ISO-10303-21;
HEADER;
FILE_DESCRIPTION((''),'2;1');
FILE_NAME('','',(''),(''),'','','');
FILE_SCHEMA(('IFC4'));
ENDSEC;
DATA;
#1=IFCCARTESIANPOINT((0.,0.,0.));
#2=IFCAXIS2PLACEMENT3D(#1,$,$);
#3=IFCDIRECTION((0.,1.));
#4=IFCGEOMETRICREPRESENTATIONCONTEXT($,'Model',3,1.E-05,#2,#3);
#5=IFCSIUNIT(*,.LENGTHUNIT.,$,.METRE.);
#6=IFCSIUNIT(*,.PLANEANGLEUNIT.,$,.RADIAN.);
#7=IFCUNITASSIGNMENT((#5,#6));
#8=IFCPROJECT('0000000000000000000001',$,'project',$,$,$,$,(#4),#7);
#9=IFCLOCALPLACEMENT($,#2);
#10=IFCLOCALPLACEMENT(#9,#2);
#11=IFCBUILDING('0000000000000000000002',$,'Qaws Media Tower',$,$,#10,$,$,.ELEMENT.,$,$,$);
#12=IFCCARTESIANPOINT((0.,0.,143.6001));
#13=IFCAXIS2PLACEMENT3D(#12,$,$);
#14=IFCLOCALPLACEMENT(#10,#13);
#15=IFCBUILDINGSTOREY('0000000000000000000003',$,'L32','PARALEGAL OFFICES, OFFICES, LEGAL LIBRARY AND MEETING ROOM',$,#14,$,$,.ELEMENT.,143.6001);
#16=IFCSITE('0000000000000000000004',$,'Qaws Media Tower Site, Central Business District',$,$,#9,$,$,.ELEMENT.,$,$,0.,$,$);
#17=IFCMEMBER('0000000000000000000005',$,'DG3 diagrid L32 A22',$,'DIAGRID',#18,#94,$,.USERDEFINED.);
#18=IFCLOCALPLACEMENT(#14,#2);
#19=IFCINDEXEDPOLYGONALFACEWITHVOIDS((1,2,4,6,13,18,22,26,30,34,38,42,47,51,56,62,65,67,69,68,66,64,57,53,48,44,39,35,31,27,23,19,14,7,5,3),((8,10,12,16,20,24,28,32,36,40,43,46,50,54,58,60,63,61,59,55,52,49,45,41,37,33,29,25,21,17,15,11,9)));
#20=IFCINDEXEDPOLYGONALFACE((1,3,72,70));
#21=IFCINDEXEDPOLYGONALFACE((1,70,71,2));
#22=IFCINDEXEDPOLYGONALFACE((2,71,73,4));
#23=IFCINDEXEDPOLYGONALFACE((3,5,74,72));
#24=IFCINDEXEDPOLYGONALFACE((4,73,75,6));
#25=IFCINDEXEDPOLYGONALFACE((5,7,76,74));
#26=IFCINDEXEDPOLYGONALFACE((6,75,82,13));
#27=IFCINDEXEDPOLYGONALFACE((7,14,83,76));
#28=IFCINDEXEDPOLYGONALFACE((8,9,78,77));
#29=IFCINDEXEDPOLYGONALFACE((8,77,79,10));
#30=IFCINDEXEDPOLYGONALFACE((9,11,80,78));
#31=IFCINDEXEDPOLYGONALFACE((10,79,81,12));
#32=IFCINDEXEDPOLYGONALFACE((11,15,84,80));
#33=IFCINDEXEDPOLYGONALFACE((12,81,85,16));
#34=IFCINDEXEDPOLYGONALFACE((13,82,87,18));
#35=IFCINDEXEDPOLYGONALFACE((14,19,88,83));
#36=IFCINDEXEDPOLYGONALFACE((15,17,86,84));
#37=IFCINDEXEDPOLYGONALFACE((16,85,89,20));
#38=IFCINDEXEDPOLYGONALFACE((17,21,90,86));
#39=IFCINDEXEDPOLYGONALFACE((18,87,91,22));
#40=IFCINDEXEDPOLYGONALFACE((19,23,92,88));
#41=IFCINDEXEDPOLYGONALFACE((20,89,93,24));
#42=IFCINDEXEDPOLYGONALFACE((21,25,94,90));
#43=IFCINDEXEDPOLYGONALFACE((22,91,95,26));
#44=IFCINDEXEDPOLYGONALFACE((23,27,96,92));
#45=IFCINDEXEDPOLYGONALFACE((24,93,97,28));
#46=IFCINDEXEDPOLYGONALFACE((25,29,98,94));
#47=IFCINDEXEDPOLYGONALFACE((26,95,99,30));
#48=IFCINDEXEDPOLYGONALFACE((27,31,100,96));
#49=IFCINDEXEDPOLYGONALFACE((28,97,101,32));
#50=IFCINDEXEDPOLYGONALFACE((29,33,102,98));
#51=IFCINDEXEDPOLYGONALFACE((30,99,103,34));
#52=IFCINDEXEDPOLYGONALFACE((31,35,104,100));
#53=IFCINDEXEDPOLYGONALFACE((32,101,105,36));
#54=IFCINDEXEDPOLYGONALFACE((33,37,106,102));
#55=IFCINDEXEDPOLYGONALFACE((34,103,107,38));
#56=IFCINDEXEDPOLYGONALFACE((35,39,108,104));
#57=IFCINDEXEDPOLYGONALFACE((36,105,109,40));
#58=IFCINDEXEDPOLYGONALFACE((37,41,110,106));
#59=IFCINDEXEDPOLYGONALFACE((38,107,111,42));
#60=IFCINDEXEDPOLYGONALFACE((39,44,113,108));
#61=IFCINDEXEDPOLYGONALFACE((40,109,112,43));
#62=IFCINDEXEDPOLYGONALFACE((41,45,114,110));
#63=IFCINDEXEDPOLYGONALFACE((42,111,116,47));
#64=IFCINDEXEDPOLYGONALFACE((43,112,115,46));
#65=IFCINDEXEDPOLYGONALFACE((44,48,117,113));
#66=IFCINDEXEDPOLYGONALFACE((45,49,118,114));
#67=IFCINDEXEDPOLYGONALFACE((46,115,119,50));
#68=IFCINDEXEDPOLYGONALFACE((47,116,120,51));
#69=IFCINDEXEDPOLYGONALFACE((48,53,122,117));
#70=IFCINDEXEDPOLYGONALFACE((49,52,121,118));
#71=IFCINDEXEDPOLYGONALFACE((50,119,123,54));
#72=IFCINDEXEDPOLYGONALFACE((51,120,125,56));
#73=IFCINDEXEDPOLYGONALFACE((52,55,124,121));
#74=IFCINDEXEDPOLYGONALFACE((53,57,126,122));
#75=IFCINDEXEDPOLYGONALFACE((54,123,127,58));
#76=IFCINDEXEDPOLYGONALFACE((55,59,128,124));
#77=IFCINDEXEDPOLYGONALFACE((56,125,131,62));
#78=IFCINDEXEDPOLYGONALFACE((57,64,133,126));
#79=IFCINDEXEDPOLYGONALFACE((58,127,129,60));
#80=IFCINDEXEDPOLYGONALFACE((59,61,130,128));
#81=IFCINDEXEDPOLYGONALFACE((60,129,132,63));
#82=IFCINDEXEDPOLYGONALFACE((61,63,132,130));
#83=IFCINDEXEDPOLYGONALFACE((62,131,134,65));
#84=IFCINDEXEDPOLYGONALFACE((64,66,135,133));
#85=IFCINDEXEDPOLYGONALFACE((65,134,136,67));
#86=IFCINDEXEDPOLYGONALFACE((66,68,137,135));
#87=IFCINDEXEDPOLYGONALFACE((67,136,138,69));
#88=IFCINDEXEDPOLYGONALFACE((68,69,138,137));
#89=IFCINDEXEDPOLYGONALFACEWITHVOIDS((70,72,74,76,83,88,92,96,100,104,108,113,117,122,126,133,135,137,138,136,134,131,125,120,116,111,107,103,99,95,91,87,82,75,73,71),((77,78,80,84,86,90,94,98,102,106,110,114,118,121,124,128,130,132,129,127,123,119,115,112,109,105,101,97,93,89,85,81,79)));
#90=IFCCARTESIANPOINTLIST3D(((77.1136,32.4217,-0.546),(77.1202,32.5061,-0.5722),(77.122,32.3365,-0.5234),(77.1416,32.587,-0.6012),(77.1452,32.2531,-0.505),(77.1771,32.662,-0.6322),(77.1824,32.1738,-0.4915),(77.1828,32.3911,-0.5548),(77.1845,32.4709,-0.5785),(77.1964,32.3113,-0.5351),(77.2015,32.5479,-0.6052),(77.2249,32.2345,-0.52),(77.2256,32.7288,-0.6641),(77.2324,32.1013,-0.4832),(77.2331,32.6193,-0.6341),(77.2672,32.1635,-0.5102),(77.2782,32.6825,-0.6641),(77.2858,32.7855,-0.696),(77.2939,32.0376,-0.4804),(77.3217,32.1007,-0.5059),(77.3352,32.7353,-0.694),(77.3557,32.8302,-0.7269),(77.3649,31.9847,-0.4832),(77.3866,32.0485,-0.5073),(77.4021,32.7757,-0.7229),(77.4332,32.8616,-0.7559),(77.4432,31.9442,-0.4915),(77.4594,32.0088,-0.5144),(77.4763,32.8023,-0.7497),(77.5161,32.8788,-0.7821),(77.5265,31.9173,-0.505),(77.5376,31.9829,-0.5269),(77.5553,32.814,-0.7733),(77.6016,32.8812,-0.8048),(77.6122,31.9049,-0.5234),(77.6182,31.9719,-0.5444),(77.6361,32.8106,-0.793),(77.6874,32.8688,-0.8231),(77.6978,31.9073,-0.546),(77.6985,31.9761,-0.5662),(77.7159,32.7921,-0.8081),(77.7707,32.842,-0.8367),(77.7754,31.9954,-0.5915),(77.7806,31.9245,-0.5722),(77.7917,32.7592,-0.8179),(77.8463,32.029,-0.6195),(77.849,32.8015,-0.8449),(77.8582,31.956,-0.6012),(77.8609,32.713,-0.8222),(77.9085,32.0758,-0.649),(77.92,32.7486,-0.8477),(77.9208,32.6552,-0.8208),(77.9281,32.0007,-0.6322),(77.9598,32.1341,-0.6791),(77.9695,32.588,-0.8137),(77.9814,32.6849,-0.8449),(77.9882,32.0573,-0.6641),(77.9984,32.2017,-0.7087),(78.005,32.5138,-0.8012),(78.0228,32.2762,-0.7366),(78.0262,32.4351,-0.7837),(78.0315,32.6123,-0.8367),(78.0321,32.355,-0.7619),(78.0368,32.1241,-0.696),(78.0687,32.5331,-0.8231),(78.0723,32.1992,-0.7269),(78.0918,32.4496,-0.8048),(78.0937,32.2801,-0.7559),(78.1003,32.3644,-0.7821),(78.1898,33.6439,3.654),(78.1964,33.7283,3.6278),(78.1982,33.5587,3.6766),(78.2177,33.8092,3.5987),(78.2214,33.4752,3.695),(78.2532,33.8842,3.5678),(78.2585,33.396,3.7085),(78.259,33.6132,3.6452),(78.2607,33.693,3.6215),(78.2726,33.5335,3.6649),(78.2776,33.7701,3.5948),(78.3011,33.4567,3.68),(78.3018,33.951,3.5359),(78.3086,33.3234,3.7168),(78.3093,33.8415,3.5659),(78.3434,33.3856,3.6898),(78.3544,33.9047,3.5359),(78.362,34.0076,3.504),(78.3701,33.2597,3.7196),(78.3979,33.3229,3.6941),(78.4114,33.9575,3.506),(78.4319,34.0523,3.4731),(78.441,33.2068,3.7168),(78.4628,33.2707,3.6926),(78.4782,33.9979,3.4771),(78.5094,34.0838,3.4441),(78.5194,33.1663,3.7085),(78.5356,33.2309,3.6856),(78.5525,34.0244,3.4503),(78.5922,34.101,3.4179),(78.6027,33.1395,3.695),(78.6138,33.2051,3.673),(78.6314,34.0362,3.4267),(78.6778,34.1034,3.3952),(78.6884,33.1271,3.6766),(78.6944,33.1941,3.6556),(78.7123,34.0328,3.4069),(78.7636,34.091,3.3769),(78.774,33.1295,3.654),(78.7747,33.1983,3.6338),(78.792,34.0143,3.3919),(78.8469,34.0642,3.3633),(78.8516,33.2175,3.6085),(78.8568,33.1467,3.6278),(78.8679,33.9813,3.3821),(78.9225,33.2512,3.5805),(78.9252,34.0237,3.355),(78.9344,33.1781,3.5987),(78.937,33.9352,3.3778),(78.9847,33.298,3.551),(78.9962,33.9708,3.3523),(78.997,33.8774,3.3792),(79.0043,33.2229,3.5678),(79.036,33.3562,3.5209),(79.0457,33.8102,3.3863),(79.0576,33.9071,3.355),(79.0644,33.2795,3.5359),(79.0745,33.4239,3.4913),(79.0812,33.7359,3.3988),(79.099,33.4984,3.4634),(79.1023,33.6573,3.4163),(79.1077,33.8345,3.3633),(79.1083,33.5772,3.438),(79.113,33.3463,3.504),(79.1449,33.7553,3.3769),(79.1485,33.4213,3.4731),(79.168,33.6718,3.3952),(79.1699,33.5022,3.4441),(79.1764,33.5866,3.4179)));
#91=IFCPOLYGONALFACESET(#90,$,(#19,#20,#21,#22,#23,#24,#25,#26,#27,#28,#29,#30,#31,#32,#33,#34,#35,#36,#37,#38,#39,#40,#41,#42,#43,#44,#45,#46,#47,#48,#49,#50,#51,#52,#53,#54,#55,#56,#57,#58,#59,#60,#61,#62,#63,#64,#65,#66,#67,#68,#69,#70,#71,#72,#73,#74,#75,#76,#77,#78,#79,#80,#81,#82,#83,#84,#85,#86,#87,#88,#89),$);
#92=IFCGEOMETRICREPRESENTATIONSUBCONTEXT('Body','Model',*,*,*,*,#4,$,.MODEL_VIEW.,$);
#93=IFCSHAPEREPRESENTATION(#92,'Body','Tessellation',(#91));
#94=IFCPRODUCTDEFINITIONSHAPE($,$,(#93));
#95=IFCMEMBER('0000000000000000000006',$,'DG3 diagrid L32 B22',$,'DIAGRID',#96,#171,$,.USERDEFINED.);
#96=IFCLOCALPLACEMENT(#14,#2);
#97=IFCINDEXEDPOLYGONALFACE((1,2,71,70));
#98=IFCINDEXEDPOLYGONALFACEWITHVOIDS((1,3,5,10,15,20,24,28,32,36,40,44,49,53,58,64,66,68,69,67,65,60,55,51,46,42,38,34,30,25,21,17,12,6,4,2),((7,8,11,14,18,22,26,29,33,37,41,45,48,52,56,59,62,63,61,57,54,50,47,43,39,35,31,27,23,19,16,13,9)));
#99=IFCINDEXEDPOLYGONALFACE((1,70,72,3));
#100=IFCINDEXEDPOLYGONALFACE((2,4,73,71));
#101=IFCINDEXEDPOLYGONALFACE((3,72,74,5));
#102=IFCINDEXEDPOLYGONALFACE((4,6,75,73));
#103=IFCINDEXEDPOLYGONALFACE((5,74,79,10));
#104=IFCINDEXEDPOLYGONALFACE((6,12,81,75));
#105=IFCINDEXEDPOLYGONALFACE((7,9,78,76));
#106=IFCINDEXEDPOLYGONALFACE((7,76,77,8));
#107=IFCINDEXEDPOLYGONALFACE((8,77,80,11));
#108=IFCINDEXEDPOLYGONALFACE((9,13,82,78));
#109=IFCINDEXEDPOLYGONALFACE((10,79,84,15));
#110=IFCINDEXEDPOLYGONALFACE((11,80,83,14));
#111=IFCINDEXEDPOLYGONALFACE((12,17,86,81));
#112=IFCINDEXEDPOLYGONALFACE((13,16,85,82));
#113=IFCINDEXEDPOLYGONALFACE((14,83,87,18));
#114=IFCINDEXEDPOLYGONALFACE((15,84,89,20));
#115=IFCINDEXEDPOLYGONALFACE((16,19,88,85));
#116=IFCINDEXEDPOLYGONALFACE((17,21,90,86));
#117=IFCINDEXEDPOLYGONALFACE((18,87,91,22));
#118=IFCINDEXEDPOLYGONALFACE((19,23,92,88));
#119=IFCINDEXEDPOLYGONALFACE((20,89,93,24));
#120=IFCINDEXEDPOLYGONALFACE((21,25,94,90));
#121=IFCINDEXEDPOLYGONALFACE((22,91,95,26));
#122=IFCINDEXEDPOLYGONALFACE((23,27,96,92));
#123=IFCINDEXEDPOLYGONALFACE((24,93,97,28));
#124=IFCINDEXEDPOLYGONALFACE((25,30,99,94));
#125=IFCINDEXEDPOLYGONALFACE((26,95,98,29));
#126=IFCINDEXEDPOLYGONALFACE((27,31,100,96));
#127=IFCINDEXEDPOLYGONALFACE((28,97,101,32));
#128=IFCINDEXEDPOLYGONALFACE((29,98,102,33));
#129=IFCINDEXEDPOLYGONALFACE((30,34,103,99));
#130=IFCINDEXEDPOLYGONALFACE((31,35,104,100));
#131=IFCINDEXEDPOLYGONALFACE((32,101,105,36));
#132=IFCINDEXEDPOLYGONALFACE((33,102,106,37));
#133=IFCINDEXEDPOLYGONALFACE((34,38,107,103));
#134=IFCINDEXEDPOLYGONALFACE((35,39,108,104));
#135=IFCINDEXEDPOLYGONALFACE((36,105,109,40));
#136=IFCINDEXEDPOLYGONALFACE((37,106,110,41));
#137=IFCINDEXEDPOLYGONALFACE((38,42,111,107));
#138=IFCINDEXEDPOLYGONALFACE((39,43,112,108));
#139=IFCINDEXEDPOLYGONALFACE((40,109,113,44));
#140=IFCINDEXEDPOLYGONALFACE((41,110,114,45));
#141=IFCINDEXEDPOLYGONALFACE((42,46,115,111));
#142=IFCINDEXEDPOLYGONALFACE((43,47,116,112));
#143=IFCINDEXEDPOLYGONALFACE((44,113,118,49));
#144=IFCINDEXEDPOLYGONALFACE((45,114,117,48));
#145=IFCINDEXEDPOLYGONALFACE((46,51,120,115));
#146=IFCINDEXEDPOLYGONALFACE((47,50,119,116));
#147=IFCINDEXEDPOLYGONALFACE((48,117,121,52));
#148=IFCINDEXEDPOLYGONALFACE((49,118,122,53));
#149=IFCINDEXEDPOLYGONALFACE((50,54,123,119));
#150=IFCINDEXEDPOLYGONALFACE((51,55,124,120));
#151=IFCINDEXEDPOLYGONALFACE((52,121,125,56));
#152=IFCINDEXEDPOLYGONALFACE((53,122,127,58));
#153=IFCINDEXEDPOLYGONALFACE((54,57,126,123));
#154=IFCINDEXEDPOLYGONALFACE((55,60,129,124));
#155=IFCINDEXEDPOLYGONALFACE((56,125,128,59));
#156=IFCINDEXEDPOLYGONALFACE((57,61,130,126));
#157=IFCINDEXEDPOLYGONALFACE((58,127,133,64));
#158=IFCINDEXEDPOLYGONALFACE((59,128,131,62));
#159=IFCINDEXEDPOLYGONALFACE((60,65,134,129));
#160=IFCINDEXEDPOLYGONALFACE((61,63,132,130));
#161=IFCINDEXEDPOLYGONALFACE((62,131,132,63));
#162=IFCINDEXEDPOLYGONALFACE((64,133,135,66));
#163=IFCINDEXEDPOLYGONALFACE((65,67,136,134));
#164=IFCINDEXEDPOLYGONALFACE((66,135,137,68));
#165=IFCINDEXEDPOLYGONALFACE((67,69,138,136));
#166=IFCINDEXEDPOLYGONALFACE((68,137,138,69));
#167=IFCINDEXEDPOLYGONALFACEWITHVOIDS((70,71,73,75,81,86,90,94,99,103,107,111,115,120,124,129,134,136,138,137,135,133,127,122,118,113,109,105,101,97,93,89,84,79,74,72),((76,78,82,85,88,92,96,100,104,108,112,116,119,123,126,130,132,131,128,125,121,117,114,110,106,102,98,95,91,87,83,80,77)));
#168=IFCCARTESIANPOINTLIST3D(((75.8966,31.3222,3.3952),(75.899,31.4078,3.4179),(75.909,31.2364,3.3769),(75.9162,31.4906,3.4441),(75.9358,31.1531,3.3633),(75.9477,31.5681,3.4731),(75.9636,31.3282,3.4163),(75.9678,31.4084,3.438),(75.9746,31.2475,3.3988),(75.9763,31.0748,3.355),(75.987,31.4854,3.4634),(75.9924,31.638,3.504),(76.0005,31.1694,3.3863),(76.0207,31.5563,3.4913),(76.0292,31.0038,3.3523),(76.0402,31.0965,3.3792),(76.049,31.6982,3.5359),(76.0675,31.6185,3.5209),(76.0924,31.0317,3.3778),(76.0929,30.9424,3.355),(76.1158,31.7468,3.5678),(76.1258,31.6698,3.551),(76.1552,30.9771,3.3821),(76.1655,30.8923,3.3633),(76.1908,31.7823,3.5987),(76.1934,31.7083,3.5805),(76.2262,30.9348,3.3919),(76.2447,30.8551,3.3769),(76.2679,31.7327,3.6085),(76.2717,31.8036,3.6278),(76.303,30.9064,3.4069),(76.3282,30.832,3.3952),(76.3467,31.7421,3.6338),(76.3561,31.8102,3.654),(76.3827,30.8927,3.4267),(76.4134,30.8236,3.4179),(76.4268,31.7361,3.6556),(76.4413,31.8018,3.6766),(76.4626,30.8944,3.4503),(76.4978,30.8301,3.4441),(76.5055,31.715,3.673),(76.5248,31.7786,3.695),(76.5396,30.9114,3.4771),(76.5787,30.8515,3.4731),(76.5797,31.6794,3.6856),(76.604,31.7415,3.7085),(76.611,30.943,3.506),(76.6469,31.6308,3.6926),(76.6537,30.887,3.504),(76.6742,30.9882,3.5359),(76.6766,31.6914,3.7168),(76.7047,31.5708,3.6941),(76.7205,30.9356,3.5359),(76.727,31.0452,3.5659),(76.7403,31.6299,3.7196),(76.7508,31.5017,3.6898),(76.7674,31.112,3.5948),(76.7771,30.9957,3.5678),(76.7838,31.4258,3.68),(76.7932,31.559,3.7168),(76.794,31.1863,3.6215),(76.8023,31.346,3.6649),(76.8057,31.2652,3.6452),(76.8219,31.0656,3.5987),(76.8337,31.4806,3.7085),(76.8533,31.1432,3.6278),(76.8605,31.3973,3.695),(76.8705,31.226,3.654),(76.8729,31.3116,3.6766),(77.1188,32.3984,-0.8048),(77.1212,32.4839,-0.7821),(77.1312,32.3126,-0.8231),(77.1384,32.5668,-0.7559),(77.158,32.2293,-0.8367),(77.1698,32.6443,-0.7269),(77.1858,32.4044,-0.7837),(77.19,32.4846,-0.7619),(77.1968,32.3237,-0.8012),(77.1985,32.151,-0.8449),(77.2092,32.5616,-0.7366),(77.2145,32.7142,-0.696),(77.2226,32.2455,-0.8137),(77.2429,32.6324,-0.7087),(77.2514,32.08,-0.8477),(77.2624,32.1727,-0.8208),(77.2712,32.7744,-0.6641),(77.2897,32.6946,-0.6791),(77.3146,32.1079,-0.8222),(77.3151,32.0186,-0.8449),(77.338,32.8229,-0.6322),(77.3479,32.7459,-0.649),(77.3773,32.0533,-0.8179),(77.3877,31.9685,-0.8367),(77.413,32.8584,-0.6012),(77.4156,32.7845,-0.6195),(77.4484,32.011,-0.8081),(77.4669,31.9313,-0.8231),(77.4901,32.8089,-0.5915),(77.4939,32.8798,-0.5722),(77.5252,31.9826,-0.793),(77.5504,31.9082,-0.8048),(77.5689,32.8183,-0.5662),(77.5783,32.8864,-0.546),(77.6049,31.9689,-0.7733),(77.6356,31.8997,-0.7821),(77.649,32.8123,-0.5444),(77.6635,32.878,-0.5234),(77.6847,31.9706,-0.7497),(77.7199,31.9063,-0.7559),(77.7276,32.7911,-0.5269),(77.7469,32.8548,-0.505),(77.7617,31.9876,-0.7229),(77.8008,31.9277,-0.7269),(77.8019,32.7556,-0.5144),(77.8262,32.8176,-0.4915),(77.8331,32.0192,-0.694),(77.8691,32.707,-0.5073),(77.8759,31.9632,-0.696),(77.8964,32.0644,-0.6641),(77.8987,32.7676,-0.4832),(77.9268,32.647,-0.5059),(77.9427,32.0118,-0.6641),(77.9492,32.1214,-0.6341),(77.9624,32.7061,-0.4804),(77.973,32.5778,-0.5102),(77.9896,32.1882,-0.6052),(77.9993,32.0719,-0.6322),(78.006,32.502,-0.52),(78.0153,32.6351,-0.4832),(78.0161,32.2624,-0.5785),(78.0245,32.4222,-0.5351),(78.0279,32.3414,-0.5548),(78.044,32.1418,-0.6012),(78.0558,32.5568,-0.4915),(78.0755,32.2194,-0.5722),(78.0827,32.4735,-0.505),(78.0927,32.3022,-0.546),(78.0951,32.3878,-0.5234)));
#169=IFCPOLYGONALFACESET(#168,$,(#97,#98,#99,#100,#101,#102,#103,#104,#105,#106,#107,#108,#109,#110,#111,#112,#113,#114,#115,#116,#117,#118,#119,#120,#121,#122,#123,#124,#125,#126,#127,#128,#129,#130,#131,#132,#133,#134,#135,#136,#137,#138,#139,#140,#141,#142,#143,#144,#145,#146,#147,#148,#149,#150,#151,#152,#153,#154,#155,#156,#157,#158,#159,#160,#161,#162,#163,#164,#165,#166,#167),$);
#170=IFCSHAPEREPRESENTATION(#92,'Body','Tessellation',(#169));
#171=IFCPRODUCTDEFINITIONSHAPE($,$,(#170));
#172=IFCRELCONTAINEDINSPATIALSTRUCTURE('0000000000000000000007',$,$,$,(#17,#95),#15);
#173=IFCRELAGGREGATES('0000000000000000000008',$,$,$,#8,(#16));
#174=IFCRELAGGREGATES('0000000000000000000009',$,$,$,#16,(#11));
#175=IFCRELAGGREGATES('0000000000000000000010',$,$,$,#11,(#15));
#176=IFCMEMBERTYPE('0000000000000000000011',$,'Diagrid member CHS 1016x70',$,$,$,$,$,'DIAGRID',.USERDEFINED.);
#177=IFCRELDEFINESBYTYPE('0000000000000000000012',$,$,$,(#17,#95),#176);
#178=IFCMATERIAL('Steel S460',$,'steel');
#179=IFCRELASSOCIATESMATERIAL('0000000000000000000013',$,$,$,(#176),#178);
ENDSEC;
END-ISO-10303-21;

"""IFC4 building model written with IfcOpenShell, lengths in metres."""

from ifc_helpers import new_model, si_unit, direction, frame, origin, origin_2d, place, context, subcontext, project, spatial, hollow_circle, extrude, material, material_profile, profile_set, type_object, element, save


model = new_model("IFC4")

# Units and contexts
model_context = context("Model", 3, precision=1e-05, world=origin(), true_north=direction((0.0, 1.0)))
body_context = subcontext(model_context, "Body", "Model", "MODEL_VIEW")
ifc_project = project(units=[si_unit("LENGTHUNIT", "METRE"), si_unit("PLANEANGLEUNIT", "RADIAN")], contexts=[model_context])

# Site, building, storey
site_placement = place(None, origin())
site = spatial("IfcSite", under=ifc_project, at=site_placement, Name="Qaws Media Tower Site, Central Business District", CompositionType="ELEMENT", RefElevation=0.0)
building_placement = place(site_placement, origin())
building = spatial("IfcBuilding", under=site, at=building_placement, Name="Qaws Media Tower", CompositionType="ELEMENT")
storey_placement = place(building_placement, frame((0.0, 0.0, 143.6001)))
storey = spatial("IfcBuildingStorey", under=building, at=storey_placement, Name="L32", Description="PARALEGAL OFFICES, OFFICES, LEGAL LIBRARY AND MEETING ROOM", CompositionType="ELEMENT", Elevation=143.6001)

# Members
ifc_material_1 = material(Name="Steel S460", Category="steel")
ifc_material_profile_1 = material_profile(ifc_material_1, hollow_circle(Radius=0.5081, WallThickness=0.0701, at=origin_2d()), Name="CHS 1016x70")
ifc_profile_set_1 = profile_set([ifc_material_profile_1], Name="Steel S460")
member_type_1 = type_object("IfcMemberType", Name="Diagrid member CHS 1016x70", ElementType="DIAGRID", PredefinedType="USERDEFINED", material=ifc_profile_set_1)
for number, where, z_axis, x_axis, name in (
    (1, (77.6069, 32.3931, -0.6641), (0.238905, 0.271315, 0.932369), (-0.750511, 0.660858, 0.0), "DG3 diagrid L32 A22"),
    (2, (77.6069, 32.3931, -0.6641), (-0.271315, -0.238905, 0.932369), (0.660858, -0.750511, 0.0), "DG3 diagrid L32 B22"),
):
    element("IfcMember", number, at=place(storey_placement, frame(where, z_axis=z_axis, x_axis=x_axis)), inside=storey, type_object=member_type_1, Name=name, ObjectType="DIAGRID", PredefinedType="USERDEFINED", context=body_context, shape_type="SweptSolid", body=[
        extrude(hollow_circle(Radius=0.5081, WallThickness=0.0701, at=origin_2d()), origin(), (0.0, 0.0, 1.0), 4.5046),
    ])

save(model, "model.ifc")
